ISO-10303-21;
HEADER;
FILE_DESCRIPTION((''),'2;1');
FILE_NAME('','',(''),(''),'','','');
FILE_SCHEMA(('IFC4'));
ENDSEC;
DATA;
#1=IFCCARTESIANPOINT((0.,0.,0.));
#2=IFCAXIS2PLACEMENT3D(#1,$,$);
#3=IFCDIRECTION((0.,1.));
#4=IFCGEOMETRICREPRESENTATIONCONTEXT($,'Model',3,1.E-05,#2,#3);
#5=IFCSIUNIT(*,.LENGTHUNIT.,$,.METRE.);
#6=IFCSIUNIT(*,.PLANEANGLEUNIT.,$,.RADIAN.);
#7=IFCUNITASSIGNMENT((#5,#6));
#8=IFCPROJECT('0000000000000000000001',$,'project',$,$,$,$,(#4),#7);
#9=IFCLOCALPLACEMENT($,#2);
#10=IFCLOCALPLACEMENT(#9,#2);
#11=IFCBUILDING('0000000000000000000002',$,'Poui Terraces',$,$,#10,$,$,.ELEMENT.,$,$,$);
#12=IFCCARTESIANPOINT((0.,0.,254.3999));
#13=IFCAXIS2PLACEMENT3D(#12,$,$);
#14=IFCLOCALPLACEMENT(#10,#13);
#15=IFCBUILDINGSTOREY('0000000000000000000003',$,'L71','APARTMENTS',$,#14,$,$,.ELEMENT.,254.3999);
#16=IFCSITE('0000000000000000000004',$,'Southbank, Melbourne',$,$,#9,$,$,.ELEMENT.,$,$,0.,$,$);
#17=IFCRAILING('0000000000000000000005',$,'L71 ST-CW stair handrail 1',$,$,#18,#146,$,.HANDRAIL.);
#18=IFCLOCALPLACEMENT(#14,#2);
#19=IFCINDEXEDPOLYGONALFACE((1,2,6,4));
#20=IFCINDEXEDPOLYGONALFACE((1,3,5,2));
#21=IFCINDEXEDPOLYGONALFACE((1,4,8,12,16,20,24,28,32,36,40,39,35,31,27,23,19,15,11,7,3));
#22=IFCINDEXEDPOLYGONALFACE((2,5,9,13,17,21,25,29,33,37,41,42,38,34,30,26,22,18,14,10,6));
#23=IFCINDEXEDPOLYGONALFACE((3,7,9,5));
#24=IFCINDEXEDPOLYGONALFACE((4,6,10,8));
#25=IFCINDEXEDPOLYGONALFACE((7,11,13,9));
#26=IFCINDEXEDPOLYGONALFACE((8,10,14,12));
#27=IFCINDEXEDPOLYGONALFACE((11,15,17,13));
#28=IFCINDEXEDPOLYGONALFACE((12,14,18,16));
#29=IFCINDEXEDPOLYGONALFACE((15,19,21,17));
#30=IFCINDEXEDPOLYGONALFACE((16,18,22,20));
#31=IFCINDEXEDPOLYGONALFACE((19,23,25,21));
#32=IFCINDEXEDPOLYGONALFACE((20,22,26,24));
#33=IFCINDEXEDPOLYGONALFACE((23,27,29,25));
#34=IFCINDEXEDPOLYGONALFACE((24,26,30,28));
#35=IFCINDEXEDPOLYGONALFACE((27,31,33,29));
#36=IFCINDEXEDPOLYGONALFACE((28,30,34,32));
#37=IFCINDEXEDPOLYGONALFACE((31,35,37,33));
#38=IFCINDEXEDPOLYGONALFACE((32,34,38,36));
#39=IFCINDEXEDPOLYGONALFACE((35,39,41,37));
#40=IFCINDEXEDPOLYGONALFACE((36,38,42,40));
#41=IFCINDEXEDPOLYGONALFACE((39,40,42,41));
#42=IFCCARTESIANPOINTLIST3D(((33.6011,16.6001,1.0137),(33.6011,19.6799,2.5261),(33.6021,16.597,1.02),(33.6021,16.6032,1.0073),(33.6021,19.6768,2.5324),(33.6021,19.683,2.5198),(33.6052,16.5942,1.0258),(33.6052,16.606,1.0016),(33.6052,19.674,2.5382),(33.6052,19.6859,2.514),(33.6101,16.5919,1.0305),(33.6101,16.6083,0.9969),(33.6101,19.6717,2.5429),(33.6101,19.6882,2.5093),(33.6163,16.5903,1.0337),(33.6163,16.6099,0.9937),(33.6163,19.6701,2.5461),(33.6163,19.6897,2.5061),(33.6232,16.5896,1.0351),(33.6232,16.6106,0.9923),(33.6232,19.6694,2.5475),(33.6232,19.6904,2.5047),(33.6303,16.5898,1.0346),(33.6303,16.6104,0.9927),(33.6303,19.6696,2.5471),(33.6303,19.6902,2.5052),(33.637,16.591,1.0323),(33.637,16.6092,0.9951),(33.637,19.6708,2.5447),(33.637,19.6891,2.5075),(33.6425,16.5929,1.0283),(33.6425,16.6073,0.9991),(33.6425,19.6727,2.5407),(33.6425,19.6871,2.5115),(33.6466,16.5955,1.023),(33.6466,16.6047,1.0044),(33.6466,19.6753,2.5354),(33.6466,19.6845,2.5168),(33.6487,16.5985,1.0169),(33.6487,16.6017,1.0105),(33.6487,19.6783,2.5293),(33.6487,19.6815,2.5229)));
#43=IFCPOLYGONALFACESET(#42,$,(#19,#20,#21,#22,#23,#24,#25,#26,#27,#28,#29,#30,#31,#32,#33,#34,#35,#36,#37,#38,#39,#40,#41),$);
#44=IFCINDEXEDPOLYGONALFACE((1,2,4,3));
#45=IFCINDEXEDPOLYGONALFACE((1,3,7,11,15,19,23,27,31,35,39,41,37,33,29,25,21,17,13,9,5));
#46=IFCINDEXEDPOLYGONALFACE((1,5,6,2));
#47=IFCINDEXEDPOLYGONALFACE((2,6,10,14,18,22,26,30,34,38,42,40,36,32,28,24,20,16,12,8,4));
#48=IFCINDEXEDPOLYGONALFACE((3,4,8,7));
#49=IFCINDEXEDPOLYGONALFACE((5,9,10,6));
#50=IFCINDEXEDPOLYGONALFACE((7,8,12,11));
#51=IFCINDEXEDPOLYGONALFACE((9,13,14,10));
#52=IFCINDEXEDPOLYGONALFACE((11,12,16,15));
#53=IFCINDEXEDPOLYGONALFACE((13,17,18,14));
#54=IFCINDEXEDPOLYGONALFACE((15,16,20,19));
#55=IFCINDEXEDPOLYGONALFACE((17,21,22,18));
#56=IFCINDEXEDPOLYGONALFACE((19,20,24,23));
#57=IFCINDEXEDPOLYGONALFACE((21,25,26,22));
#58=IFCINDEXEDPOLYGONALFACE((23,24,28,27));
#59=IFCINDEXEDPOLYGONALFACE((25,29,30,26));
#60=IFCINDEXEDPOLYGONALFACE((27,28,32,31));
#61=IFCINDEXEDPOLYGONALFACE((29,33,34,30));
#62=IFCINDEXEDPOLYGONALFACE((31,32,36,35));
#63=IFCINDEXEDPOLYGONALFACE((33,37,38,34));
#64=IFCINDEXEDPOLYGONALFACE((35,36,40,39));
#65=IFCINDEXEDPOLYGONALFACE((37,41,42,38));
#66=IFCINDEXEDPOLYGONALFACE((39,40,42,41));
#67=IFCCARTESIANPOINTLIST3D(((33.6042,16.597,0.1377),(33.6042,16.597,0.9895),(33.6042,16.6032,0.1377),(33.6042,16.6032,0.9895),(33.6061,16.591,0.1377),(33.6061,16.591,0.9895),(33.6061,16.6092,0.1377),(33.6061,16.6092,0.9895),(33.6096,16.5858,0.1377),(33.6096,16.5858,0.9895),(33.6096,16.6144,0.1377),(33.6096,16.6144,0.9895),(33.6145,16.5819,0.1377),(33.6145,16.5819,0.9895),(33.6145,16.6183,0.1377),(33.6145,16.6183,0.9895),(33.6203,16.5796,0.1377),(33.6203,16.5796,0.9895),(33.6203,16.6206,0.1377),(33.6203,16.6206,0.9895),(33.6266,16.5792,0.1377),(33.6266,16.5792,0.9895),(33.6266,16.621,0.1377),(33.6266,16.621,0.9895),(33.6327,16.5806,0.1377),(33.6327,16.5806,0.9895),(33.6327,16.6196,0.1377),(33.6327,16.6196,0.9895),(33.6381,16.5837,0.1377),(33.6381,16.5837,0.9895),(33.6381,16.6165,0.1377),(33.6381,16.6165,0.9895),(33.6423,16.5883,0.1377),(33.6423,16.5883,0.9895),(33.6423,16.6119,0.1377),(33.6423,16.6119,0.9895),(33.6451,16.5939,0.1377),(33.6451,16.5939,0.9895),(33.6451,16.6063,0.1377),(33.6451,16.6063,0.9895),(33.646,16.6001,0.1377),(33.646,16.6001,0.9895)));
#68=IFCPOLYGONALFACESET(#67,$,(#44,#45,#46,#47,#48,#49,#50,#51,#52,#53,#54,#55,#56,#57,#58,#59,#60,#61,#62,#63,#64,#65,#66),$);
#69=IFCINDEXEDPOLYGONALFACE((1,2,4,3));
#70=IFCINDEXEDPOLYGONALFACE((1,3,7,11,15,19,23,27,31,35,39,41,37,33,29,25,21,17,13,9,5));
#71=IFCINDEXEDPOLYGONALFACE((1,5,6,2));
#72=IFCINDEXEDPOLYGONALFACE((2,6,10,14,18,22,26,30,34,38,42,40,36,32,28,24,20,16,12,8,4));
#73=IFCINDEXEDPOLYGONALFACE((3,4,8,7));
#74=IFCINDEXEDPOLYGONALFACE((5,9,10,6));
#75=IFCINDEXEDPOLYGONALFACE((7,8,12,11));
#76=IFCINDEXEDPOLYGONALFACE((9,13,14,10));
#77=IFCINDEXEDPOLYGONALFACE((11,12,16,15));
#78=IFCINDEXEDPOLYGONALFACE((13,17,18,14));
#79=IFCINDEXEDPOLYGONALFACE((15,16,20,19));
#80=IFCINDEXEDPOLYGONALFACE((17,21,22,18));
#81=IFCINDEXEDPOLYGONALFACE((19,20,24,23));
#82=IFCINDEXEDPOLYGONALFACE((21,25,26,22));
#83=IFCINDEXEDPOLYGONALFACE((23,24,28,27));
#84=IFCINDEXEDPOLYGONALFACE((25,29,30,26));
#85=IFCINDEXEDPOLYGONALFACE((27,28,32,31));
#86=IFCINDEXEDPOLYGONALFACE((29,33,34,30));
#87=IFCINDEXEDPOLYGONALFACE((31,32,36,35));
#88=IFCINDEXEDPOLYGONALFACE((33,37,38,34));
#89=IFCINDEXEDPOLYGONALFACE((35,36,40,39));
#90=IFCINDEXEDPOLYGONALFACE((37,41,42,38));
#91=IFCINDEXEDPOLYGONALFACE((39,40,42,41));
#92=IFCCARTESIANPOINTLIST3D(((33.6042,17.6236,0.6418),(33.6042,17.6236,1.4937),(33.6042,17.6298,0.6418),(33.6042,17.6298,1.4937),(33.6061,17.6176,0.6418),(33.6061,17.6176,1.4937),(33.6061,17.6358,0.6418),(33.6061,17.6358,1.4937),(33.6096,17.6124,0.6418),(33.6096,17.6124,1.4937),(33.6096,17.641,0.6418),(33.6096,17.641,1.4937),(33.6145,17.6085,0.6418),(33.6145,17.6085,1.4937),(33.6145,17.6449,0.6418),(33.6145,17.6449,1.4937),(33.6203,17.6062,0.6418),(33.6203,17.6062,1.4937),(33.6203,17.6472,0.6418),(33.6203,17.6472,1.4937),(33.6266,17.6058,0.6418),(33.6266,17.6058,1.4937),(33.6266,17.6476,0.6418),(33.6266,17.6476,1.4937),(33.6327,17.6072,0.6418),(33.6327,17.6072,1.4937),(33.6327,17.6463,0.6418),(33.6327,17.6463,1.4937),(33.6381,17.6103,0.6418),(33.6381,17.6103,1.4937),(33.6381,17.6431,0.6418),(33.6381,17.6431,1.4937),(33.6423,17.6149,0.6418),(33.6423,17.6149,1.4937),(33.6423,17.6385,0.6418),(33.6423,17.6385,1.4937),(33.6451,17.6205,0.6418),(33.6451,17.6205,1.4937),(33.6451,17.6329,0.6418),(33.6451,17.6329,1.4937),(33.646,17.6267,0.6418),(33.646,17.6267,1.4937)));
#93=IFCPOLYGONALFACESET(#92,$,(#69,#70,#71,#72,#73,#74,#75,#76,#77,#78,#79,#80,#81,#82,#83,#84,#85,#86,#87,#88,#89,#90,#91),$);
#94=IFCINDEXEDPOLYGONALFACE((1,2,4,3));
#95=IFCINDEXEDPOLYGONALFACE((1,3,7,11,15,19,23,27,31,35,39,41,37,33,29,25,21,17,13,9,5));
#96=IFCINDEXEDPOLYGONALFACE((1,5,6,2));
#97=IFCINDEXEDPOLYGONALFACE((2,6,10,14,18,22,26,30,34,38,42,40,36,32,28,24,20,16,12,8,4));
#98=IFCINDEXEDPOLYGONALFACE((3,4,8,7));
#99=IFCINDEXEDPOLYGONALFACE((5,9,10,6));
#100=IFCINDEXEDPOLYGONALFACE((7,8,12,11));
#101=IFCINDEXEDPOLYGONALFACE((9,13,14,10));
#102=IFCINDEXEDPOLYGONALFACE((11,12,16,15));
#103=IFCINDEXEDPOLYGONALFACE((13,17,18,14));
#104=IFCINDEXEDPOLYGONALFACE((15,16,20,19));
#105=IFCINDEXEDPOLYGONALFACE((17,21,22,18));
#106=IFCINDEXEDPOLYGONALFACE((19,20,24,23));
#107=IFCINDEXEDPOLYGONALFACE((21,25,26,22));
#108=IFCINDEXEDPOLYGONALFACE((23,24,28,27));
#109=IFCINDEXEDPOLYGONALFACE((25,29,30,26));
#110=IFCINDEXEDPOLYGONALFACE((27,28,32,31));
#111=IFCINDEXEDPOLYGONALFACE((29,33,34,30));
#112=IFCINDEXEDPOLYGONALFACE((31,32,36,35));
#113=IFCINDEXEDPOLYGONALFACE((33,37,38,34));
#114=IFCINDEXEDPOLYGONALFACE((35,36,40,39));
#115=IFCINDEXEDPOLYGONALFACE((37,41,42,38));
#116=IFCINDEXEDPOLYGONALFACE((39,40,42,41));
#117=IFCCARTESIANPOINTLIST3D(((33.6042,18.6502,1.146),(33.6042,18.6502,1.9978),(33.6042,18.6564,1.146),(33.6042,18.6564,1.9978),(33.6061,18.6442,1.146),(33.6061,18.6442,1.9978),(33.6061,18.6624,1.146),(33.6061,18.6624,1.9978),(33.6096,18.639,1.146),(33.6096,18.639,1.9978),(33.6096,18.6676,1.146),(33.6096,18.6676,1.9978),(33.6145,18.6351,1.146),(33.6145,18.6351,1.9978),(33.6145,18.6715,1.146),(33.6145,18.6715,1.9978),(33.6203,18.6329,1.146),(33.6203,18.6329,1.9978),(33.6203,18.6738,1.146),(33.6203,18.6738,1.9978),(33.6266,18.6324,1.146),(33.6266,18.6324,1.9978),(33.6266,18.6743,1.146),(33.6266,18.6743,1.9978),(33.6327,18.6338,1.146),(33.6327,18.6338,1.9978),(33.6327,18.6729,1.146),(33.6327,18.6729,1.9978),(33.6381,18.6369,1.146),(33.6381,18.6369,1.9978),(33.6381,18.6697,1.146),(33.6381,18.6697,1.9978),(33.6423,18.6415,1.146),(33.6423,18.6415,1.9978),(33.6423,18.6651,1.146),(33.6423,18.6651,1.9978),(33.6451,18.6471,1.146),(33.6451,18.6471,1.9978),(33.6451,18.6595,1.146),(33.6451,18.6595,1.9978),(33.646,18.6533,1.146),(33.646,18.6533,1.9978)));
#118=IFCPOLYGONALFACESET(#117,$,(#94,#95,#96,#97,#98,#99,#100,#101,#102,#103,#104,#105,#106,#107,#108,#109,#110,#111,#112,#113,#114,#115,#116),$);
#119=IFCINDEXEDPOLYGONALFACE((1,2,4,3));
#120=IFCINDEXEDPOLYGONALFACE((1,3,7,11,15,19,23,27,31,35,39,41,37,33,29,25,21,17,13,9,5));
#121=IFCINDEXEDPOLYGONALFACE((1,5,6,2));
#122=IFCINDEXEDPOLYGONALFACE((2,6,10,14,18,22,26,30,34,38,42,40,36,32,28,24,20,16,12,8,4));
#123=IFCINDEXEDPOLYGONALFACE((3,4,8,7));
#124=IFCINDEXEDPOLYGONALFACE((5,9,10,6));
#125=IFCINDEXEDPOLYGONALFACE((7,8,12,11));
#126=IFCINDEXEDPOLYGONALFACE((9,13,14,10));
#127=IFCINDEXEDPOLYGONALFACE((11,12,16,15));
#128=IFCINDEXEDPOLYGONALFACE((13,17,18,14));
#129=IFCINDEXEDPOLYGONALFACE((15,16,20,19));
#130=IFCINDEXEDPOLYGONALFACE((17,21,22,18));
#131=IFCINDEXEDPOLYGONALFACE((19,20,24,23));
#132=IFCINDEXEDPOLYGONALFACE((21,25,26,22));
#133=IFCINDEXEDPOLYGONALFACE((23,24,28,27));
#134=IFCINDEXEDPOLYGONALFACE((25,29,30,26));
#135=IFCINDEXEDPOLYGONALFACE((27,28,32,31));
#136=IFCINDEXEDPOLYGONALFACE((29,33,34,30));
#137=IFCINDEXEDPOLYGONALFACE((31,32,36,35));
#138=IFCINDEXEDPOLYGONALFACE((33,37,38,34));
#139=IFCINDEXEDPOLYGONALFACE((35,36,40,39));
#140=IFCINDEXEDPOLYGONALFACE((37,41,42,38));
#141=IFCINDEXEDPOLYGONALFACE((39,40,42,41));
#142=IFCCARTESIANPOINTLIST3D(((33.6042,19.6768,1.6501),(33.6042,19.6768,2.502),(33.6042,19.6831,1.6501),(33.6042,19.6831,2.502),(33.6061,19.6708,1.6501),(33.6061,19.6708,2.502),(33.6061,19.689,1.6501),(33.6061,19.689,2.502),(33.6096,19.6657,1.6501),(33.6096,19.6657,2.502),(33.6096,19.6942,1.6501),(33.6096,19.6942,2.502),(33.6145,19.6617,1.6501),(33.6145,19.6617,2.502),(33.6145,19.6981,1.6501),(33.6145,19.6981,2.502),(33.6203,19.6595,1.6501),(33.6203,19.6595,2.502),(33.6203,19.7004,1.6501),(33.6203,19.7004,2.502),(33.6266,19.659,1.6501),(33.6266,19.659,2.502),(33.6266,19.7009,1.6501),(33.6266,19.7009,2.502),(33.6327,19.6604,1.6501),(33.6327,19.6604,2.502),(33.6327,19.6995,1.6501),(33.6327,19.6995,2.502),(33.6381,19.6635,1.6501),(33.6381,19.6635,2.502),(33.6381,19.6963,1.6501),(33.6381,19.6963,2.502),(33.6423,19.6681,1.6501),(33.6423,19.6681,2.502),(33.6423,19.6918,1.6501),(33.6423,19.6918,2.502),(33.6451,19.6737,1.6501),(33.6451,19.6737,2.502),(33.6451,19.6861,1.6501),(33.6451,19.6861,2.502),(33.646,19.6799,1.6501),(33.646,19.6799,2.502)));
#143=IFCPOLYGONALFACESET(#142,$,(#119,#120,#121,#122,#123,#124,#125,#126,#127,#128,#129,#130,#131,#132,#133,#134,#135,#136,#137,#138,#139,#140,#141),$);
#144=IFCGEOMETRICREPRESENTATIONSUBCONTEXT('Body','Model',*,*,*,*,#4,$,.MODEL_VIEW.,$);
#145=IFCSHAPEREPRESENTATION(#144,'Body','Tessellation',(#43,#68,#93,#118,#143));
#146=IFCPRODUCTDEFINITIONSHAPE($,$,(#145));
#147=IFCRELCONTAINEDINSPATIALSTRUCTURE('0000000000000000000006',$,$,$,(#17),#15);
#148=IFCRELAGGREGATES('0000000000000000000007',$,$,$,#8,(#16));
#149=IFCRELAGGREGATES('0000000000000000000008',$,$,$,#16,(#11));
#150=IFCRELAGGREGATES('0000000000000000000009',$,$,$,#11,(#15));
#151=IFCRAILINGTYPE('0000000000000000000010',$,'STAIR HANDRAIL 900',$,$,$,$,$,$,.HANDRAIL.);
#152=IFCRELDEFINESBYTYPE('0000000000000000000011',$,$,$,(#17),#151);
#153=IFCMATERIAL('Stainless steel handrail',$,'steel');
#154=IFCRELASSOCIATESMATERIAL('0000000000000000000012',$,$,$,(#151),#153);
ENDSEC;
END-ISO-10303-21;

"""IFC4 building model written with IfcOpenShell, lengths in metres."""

from ifc_helpers import new_model, si_unit, direction, frame, origin, origin_2d, place, context, subcontext, project, spatial, circle, extrude, material, type_object, element, save


model = new_model("IFC4")

# Units and contexts
model_context = context("Model", 3, precision=1e-05, world=origin(), true_north=direction((0.0, 1.0)))
body_context = subcontext(model_context, "Body", "Model", "MODEL_VIEW")
ifc_project = project(units=[si_unit("LENGTHUNIT", "METRE"), si_unit("PLANEANGLEUNIT", "RADIAN")], contexts=[model_context])

# Site, building, storey
site_placement = place(None, origin())
site = spatial("IfcSite", under=ifc_project, at=site_placement, Name="Southbank, Melbourne", CompositionType="ELEMENT", RefElevation=0.0)
building_placement = place(site_placement, origin())
building = spatial("IfcBuilding", under=site, at=building_placement, Name="Poui Terraces", CompositionType="ELEMENT")
storey_placement = place(building_placement, frame((0.0, 0.0, 254.3999)))
storey = spatial("IfcBuildingStorey", under=building, at=storey_placement, Name="L71", Description="APARTMENTS", CompositionType="ELEMENT", Elevation=254.3999)

# Railing
ifc_material_1 = material(Name="Stainless steel handrail", Category="steel")
railing_type_1 = type_object("IfcRailingType", Name="STAIR HANDRAIL 900", PredefinedType="HANDRAIL", material=ifc_material_1)
railing_1_placement = place(storey_placement, frame((33.625, 16.6001, 0.1377)))
element("IfcRailing", 1, at=railing_1_placement, inside=storey, type_object=railing_type_1, Name="L71 ST-CW stair handrail 1", PredefinedType="HANDRAIL", context=body_context, shape_type="SweptSolid", body=[
    extrude(circle(Radius=0.0239, at=origin_2d()), frame((0.0, 0.0, 0.876), z_axis=(0.0, 0.897606, 0.440798), x_axis=(-1.0, 0.0, 0.0)), (0.0, 0.0, 1.0), 3.4312),
    extrude(circle(Radius=0.021, at=origin_2d()), origin(), (0.0, 0.0, 1.0), 0.8518),
    extrude(circle(Radius=0.021, at=origin_2d()), frame((0.0, 1.0266, 0.5042)), (0.0, 0.0, 1.0), 0.8518),
    extrude(circle(Radius=0.021, at=origin_2d()), frame((0.0, 2.0532, 1.0083)), (0.0, 0.0, 1.0), 0.8518),
    extrude(circle(Radius=0.021, at=origin_2d()), frame((0.0, 3.0798, 1.5125)), (0.0, 0.0, 1.0), 0.8518),
])

save(model, "model.ifc")
